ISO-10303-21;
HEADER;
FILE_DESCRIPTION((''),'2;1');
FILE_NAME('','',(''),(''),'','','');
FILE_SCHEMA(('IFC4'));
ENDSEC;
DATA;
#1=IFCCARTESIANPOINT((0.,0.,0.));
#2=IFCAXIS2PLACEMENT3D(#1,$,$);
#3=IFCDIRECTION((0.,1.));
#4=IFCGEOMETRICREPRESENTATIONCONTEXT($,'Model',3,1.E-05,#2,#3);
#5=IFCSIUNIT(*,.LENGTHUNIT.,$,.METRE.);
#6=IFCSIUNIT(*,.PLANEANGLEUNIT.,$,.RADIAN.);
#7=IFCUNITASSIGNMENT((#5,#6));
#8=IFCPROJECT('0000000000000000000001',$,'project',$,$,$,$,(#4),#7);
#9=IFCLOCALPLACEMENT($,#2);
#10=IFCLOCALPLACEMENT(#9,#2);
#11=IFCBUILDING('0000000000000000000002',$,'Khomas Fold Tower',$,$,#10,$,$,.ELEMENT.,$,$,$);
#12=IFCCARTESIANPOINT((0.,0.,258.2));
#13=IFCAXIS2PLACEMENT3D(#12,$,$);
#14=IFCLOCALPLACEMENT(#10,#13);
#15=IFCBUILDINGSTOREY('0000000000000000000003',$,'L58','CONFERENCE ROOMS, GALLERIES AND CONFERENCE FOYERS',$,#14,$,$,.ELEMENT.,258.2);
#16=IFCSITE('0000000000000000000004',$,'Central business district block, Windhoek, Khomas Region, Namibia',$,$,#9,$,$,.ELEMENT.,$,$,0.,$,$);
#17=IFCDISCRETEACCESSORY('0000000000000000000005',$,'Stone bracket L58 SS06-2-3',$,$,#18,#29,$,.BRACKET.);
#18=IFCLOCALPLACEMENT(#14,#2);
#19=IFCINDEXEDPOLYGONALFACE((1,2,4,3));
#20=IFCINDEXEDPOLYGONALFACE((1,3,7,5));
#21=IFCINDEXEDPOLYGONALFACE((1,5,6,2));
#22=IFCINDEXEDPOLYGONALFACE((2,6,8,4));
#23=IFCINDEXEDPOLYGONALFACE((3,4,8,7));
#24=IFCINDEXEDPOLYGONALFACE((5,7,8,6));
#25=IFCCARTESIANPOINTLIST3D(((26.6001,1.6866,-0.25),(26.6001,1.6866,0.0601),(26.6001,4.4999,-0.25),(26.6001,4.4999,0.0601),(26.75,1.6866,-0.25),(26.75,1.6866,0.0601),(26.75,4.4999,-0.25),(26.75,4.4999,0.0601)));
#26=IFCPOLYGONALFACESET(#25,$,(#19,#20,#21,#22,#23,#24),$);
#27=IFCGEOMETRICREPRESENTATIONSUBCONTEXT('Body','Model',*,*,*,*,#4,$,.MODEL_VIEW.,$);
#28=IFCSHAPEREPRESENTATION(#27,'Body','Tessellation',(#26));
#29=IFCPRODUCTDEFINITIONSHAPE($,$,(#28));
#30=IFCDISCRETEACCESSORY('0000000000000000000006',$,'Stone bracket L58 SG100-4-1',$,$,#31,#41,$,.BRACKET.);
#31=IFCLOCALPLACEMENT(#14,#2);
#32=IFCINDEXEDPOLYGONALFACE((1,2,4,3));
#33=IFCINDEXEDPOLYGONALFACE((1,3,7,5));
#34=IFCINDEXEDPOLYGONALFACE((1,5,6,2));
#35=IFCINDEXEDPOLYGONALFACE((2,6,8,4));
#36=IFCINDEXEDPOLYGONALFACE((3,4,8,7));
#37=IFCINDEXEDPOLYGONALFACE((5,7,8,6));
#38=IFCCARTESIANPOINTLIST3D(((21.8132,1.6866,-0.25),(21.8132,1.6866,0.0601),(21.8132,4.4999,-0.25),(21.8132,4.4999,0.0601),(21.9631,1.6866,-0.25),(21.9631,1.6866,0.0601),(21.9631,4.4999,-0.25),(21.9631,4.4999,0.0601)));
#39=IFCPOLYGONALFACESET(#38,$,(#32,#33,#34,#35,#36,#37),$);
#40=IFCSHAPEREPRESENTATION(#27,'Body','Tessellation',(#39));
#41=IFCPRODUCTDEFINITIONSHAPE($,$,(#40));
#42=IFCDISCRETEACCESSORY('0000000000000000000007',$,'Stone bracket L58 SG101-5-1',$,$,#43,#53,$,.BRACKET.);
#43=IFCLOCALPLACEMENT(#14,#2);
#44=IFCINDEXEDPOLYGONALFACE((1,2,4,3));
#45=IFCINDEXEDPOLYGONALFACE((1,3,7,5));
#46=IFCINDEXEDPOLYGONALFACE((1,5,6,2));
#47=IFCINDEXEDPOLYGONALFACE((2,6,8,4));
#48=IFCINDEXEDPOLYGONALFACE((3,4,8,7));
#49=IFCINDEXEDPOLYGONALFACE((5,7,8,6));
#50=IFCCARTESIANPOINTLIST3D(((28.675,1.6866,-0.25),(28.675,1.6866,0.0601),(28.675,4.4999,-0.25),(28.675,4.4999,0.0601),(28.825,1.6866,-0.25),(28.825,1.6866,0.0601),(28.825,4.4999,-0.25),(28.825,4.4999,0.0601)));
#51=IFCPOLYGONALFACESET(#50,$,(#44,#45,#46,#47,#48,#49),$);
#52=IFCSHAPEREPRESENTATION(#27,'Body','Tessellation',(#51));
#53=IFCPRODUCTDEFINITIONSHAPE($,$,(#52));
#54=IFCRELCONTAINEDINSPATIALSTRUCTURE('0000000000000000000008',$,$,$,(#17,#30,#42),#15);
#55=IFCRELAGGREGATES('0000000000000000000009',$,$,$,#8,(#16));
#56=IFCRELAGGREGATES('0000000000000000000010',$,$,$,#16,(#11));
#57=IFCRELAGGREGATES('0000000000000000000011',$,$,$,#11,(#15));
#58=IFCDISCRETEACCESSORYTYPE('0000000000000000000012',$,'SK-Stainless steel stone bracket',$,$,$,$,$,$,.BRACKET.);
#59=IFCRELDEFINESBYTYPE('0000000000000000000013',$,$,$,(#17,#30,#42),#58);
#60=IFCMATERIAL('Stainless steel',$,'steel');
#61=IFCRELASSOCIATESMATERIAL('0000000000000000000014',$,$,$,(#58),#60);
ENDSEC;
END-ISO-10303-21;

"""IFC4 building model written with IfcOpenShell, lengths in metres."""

from ifc_helpers import new_model, si_unit, direction, frame, origin, origin_2d, place, context, subcontext, project, spatial, rectangle, extrude, source, transform, mapped, material, type_object, element, save


model = new_model("IFC4")

# Units and contexts
model_context = context("Model", 3, precision=1e-05, world=origin(), true_north=direction((0.0, 1.0)))
body_context = subcontext(model_context, "Body", "Model", "MODEL_VIEW")
ifc_project = project(units=[si_unit("LENGTHUNIT", "METRE"), si_unit("PLANEANGLEUNIT", "RADIAN")], contexts=[model_context])

# Site, building, storey
site_placement = place(None, origin())
site = spatial("IfcSite", under=ifc_project, at=site_placement, Name="Central business district block, Windhoek, Khomas Region, Namibia", CompositionType="ELEMENT", RefElevation=0.0)
building_placement = place(site_placement, origin())
building = spatial("IfcBuilding", under=site, at=building_placement, Name="Khomas Fold Tower", CompositionType="ELEMENT")
storey_placement = place(building_placement, frame((0.0, 0.0, 258.2)))
storey = spatial("IfcBuildingStorey", under=building, at=storey_placement, Name="L58", Description="CONFERENCE ROOMS, GALLERIES AND CONFERENCE FOYERS", CompositionType="ELEMENT", Elevation=258.2)

# Discrete accessories
ifc_material_1 = material(Name="Stainless steel", Category="steel")
discrete_accessory_type = type_object("IfcDiscreteAccessoryType", Name="SK-Stainless steel stone bracket", PredefinedType="BRACKET", material=ifc_material_1)
shared_shape_1 = source(origin(), body_context, "Body", "SweptSolid", [
    extrude(rectangle(XDim=2.8132, YDim=0.1499, at=origin_2d()), origin(), (0.0, 0.0, 1.0), 0.3101),
])
for number, where, z_axis, x_axis, name in (
    (1, (26.675, 3.0933, -0.25), (0.0, 0.0, 1.0), (0.0, -1.0, 0.0), "Stone bracket L58 SS06-2-3"),
    (2, (21.8882, 3.0933, -0.25), (0.0, 0.0, 1.0), (0.0, -1.0, 0.0), "Stone bracket L58 SG100-4-1"),
    (3, (28.75, 3.0933, -0.25), (0.0, 0.0, 1.0), (0.0, -1.0, 0.0), "Stone bracket L58 SG101-5-1"),
):
    element("IfcDiscreteAccessory", number, at=place(storey_placement, frame(where, z_axis=z_axis, x_axis=x_axis)), inside=storey, type_object=discrete_accessory_type, Name=name, PredefinedType="BRACKET", context=body_context, shape_type="MappedRepresentation", body=[
        mapped(shared_shape_1, transform((0.0, 0.0, 0.0))),
    ])

save(model, "model.ifc")
